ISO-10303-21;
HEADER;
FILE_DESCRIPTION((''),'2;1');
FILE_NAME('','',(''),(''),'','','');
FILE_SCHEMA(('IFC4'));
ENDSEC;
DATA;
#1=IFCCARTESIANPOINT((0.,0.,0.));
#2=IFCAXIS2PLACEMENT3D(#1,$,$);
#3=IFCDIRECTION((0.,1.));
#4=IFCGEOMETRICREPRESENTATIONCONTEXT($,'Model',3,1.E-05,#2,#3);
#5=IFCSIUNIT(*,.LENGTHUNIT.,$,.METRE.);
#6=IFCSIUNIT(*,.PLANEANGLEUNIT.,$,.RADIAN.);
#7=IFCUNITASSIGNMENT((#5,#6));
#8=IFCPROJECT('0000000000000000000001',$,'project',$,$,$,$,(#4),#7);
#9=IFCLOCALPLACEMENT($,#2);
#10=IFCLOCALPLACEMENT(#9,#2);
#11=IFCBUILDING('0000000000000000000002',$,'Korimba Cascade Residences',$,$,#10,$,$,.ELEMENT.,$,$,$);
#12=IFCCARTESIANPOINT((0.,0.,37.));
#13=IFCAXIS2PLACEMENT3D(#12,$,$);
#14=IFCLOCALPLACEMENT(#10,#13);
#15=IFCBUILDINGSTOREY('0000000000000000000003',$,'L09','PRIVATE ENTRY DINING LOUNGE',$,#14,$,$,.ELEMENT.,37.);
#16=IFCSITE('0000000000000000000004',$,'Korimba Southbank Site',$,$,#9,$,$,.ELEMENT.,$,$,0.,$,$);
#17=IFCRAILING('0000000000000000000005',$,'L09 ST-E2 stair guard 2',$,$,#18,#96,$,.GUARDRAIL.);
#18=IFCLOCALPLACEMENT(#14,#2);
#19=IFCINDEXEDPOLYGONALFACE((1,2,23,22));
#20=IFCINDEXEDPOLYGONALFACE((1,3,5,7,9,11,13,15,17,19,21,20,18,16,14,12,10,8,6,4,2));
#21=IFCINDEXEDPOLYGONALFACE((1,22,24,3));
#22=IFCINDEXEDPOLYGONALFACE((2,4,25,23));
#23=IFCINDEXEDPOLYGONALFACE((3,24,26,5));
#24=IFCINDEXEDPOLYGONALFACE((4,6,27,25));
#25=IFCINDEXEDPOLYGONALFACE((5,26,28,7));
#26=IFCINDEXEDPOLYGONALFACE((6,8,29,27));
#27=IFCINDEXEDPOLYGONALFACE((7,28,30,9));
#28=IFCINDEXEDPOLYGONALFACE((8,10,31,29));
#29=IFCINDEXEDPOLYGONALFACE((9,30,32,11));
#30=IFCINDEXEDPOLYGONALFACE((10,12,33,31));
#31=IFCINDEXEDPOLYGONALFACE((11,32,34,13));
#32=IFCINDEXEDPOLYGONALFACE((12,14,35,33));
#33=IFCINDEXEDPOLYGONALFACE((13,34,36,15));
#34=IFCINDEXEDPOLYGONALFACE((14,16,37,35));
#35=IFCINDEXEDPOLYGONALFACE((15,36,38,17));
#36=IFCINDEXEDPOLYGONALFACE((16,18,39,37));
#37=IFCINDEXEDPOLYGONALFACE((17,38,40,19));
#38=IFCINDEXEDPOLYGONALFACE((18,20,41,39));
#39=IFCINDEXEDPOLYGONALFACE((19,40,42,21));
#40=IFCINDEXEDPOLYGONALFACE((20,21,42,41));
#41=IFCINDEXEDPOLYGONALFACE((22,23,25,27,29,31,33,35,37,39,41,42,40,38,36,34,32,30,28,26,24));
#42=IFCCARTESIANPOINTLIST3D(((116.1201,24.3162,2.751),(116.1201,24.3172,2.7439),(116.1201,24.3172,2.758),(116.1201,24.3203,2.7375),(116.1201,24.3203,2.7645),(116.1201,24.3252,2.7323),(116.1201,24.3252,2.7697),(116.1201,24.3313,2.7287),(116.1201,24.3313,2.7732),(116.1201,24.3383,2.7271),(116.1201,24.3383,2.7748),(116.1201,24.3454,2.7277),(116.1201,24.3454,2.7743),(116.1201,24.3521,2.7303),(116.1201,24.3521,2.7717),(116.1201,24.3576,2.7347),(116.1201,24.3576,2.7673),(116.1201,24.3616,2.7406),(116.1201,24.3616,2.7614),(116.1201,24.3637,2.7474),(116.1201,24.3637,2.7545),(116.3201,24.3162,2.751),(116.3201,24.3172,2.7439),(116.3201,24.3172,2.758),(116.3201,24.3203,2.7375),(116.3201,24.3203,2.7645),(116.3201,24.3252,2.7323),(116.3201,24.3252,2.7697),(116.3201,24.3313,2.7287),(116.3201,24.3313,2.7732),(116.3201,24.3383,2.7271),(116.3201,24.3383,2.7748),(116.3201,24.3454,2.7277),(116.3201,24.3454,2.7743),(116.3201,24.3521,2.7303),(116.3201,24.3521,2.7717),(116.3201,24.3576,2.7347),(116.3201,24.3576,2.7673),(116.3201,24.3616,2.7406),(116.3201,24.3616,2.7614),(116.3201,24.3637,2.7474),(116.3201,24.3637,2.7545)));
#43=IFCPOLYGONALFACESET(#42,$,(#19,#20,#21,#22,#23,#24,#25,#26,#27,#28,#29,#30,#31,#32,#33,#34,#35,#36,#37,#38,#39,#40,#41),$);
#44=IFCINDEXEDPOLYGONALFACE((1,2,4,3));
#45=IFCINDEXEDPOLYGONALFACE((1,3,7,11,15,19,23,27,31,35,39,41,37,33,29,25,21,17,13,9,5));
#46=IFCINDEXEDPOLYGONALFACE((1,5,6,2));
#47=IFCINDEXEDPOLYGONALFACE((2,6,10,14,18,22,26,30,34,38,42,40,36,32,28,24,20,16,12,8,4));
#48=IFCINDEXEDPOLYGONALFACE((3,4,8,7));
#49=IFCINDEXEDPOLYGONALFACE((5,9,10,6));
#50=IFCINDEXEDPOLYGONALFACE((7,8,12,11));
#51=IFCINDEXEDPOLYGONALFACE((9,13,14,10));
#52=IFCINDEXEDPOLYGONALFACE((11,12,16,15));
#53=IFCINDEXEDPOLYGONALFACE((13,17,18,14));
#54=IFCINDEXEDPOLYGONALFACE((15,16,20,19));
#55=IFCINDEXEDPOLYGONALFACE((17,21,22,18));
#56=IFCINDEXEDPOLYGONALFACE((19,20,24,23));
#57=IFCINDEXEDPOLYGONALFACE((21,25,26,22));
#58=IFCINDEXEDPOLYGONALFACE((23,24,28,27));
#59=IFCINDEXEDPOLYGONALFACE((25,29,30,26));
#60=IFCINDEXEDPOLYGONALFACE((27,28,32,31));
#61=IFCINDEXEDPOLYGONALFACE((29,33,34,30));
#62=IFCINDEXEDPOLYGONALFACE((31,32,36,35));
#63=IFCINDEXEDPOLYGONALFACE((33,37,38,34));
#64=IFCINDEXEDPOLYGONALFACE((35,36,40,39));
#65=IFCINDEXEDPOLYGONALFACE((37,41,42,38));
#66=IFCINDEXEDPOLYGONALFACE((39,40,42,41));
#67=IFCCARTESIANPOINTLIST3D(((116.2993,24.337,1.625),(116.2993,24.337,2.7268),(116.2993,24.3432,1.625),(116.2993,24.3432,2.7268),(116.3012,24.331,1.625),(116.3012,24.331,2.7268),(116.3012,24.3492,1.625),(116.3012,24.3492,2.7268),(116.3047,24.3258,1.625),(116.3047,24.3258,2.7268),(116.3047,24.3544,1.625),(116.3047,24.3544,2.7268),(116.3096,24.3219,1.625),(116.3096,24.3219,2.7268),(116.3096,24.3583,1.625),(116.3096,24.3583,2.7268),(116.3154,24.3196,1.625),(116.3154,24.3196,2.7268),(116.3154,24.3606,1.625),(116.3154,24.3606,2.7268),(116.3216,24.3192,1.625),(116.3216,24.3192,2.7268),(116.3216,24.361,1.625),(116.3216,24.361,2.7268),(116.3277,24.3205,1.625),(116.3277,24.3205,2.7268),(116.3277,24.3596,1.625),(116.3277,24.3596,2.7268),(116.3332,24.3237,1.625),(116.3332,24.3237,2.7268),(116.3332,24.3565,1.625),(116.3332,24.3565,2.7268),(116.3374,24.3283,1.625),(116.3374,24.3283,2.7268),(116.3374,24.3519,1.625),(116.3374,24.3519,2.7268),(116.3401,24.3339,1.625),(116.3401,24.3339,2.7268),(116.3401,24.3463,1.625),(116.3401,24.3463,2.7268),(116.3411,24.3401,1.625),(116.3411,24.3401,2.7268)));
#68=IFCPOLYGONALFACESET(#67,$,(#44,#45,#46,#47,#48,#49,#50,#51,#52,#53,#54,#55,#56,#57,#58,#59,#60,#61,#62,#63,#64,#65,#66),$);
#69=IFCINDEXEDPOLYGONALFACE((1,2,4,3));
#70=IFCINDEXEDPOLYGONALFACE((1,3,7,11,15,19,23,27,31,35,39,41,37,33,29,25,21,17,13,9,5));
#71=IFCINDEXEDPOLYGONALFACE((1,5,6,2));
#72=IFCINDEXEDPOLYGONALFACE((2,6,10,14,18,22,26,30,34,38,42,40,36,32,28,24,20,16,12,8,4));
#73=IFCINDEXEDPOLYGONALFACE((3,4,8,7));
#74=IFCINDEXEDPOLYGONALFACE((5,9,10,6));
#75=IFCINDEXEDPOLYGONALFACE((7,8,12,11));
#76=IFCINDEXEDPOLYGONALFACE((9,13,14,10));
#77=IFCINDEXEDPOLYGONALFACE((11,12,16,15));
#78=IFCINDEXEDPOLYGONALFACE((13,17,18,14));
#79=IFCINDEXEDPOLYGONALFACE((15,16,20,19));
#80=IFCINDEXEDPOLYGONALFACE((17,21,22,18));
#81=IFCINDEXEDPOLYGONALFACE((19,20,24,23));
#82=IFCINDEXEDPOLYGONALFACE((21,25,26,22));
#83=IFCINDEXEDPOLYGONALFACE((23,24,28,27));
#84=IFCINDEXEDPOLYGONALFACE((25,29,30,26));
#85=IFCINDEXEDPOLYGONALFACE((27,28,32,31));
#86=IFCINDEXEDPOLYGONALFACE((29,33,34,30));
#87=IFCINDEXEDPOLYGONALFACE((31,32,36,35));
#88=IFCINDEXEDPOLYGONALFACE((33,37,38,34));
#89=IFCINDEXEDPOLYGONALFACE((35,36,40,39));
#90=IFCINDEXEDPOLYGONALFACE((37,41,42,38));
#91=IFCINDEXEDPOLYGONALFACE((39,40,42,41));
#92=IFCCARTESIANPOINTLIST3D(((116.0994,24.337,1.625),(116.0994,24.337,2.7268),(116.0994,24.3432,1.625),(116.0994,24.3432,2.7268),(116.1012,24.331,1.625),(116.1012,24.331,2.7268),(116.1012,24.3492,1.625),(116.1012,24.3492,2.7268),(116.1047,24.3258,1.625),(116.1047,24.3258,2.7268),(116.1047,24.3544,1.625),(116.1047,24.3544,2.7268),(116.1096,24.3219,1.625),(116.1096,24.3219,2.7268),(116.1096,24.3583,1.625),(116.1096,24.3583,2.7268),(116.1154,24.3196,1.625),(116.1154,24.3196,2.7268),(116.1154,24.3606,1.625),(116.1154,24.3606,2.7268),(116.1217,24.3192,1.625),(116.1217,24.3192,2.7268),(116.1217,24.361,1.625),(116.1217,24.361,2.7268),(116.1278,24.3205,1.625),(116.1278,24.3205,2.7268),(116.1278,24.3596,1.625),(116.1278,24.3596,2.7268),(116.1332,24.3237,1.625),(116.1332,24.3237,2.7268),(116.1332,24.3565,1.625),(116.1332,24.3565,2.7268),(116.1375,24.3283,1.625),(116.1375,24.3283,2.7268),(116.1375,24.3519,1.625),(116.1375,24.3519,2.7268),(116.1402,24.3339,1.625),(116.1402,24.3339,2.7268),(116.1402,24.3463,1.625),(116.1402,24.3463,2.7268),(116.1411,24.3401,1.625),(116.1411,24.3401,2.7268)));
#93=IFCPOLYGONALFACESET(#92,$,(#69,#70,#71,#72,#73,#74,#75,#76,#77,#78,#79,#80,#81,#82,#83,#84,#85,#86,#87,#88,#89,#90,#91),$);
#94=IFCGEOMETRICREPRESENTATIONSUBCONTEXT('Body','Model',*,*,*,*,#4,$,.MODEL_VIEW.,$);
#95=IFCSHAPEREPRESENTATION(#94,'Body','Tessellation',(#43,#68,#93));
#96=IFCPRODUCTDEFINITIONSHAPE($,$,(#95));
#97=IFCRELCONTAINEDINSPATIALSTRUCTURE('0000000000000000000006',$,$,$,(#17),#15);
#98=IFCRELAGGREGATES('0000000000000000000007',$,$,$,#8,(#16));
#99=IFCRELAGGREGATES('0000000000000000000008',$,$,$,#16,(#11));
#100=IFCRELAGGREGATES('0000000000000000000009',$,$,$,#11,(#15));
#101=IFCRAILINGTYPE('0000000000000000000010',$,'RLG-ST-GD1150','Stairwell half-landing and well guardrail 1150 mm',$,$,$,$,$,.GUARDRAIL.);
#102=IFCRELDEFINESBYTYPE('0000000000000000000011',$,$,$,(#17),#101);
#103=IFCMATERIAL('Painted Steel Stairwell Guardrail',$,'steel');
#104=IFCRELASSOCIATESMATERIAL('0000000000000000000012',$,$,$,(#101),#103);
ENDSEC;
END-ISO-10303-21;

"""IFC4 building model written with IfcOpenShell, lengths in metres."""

from ifc_helpers import new_model, si_unit, direction, frame, origin, origin_2d, place, context, subcontext, project, spatial, circle, extrude, material, type_object, element, save


model = new_model("IFC4")

# Units and contexts
model_context = context("Model", 3, precision=1e-05, world=origin(), true_north=direction((0.0, 1.0)))
body_context = subcontext(model_context, "Body", "Model", "MODEL_VIEW")
ifc_project = project(units=[si_unit("LENGTHUNIT", "METRE"), si_unit("PLANEANGLEUNIT", "RADIAN")], contexts=[model_context])

# Site, building, storey
site_placement = place(None, origin())
site = spatial("IfcSite", under=ifc_project, at=site_placement, Name="Korimba Southbank Site", CompositionType="ELEMENT", RefElevation=0.0)
building_placement = place(site_placement, origin())
building = spatial("IfcBuilding", under=site, at=building_placement, Name="Korimba Cascade Residences", CompositionType="ELEMENT")
storey_placement = place(building_placement, frame((0.0, 0.0, 37.0)))
storey = spatial("IfcBuildingStorey", under=building, at=storey_placement, Name="L09", Description="PRIVATE ENTRY DINING LOUNGE", CompositionType="ELEMENT", Elevation=37.0)

# Railing
ifc_material_1 = material(Name="Painted Steel Stairwell Guardrail", Category="steel")
railing_type_1 = type_object("IfcRailingType", Name="RLG-ST-GD1150", Description="Stairwell half-landing and well guardrail 1150 mm", PredefinedType="GUARDRAIL", material=ifc_material_1)
railing_1_placement = place(storey_placement, frame((116.3201, 24.3401, 1.625)))
element("IfcRailing", 1, at=railing_1_placement, inside=storey, type_object=railing_type_1, Name="L09 ST-E2 stair guard 2", PredefinedType="GUARDRAIL", context=body_context, shape_type="SweptSolid", body=[
    extrude(circle(Radius=0.0239, at=origin_2d()), frame((0.0, 0.0, 1.126), z_axis=(-1.0, 0.0, 0.0), x_axis=(0.0, -1.0, 0.0)), (0.0, 0.0, 1.0), 0.2),
    extrude(circle(Radius=0.021, at=origin_2d()), origin(), (0.0, 0.0, 1.0), 1.1018),
    extrude(circle(Radius=0.021, at=origin_2d()), frame((-0.2, 0.0, 0.0)), (0.0, 0.0, 1.0), 1.1018),
])

save(model, "model.ifc")
